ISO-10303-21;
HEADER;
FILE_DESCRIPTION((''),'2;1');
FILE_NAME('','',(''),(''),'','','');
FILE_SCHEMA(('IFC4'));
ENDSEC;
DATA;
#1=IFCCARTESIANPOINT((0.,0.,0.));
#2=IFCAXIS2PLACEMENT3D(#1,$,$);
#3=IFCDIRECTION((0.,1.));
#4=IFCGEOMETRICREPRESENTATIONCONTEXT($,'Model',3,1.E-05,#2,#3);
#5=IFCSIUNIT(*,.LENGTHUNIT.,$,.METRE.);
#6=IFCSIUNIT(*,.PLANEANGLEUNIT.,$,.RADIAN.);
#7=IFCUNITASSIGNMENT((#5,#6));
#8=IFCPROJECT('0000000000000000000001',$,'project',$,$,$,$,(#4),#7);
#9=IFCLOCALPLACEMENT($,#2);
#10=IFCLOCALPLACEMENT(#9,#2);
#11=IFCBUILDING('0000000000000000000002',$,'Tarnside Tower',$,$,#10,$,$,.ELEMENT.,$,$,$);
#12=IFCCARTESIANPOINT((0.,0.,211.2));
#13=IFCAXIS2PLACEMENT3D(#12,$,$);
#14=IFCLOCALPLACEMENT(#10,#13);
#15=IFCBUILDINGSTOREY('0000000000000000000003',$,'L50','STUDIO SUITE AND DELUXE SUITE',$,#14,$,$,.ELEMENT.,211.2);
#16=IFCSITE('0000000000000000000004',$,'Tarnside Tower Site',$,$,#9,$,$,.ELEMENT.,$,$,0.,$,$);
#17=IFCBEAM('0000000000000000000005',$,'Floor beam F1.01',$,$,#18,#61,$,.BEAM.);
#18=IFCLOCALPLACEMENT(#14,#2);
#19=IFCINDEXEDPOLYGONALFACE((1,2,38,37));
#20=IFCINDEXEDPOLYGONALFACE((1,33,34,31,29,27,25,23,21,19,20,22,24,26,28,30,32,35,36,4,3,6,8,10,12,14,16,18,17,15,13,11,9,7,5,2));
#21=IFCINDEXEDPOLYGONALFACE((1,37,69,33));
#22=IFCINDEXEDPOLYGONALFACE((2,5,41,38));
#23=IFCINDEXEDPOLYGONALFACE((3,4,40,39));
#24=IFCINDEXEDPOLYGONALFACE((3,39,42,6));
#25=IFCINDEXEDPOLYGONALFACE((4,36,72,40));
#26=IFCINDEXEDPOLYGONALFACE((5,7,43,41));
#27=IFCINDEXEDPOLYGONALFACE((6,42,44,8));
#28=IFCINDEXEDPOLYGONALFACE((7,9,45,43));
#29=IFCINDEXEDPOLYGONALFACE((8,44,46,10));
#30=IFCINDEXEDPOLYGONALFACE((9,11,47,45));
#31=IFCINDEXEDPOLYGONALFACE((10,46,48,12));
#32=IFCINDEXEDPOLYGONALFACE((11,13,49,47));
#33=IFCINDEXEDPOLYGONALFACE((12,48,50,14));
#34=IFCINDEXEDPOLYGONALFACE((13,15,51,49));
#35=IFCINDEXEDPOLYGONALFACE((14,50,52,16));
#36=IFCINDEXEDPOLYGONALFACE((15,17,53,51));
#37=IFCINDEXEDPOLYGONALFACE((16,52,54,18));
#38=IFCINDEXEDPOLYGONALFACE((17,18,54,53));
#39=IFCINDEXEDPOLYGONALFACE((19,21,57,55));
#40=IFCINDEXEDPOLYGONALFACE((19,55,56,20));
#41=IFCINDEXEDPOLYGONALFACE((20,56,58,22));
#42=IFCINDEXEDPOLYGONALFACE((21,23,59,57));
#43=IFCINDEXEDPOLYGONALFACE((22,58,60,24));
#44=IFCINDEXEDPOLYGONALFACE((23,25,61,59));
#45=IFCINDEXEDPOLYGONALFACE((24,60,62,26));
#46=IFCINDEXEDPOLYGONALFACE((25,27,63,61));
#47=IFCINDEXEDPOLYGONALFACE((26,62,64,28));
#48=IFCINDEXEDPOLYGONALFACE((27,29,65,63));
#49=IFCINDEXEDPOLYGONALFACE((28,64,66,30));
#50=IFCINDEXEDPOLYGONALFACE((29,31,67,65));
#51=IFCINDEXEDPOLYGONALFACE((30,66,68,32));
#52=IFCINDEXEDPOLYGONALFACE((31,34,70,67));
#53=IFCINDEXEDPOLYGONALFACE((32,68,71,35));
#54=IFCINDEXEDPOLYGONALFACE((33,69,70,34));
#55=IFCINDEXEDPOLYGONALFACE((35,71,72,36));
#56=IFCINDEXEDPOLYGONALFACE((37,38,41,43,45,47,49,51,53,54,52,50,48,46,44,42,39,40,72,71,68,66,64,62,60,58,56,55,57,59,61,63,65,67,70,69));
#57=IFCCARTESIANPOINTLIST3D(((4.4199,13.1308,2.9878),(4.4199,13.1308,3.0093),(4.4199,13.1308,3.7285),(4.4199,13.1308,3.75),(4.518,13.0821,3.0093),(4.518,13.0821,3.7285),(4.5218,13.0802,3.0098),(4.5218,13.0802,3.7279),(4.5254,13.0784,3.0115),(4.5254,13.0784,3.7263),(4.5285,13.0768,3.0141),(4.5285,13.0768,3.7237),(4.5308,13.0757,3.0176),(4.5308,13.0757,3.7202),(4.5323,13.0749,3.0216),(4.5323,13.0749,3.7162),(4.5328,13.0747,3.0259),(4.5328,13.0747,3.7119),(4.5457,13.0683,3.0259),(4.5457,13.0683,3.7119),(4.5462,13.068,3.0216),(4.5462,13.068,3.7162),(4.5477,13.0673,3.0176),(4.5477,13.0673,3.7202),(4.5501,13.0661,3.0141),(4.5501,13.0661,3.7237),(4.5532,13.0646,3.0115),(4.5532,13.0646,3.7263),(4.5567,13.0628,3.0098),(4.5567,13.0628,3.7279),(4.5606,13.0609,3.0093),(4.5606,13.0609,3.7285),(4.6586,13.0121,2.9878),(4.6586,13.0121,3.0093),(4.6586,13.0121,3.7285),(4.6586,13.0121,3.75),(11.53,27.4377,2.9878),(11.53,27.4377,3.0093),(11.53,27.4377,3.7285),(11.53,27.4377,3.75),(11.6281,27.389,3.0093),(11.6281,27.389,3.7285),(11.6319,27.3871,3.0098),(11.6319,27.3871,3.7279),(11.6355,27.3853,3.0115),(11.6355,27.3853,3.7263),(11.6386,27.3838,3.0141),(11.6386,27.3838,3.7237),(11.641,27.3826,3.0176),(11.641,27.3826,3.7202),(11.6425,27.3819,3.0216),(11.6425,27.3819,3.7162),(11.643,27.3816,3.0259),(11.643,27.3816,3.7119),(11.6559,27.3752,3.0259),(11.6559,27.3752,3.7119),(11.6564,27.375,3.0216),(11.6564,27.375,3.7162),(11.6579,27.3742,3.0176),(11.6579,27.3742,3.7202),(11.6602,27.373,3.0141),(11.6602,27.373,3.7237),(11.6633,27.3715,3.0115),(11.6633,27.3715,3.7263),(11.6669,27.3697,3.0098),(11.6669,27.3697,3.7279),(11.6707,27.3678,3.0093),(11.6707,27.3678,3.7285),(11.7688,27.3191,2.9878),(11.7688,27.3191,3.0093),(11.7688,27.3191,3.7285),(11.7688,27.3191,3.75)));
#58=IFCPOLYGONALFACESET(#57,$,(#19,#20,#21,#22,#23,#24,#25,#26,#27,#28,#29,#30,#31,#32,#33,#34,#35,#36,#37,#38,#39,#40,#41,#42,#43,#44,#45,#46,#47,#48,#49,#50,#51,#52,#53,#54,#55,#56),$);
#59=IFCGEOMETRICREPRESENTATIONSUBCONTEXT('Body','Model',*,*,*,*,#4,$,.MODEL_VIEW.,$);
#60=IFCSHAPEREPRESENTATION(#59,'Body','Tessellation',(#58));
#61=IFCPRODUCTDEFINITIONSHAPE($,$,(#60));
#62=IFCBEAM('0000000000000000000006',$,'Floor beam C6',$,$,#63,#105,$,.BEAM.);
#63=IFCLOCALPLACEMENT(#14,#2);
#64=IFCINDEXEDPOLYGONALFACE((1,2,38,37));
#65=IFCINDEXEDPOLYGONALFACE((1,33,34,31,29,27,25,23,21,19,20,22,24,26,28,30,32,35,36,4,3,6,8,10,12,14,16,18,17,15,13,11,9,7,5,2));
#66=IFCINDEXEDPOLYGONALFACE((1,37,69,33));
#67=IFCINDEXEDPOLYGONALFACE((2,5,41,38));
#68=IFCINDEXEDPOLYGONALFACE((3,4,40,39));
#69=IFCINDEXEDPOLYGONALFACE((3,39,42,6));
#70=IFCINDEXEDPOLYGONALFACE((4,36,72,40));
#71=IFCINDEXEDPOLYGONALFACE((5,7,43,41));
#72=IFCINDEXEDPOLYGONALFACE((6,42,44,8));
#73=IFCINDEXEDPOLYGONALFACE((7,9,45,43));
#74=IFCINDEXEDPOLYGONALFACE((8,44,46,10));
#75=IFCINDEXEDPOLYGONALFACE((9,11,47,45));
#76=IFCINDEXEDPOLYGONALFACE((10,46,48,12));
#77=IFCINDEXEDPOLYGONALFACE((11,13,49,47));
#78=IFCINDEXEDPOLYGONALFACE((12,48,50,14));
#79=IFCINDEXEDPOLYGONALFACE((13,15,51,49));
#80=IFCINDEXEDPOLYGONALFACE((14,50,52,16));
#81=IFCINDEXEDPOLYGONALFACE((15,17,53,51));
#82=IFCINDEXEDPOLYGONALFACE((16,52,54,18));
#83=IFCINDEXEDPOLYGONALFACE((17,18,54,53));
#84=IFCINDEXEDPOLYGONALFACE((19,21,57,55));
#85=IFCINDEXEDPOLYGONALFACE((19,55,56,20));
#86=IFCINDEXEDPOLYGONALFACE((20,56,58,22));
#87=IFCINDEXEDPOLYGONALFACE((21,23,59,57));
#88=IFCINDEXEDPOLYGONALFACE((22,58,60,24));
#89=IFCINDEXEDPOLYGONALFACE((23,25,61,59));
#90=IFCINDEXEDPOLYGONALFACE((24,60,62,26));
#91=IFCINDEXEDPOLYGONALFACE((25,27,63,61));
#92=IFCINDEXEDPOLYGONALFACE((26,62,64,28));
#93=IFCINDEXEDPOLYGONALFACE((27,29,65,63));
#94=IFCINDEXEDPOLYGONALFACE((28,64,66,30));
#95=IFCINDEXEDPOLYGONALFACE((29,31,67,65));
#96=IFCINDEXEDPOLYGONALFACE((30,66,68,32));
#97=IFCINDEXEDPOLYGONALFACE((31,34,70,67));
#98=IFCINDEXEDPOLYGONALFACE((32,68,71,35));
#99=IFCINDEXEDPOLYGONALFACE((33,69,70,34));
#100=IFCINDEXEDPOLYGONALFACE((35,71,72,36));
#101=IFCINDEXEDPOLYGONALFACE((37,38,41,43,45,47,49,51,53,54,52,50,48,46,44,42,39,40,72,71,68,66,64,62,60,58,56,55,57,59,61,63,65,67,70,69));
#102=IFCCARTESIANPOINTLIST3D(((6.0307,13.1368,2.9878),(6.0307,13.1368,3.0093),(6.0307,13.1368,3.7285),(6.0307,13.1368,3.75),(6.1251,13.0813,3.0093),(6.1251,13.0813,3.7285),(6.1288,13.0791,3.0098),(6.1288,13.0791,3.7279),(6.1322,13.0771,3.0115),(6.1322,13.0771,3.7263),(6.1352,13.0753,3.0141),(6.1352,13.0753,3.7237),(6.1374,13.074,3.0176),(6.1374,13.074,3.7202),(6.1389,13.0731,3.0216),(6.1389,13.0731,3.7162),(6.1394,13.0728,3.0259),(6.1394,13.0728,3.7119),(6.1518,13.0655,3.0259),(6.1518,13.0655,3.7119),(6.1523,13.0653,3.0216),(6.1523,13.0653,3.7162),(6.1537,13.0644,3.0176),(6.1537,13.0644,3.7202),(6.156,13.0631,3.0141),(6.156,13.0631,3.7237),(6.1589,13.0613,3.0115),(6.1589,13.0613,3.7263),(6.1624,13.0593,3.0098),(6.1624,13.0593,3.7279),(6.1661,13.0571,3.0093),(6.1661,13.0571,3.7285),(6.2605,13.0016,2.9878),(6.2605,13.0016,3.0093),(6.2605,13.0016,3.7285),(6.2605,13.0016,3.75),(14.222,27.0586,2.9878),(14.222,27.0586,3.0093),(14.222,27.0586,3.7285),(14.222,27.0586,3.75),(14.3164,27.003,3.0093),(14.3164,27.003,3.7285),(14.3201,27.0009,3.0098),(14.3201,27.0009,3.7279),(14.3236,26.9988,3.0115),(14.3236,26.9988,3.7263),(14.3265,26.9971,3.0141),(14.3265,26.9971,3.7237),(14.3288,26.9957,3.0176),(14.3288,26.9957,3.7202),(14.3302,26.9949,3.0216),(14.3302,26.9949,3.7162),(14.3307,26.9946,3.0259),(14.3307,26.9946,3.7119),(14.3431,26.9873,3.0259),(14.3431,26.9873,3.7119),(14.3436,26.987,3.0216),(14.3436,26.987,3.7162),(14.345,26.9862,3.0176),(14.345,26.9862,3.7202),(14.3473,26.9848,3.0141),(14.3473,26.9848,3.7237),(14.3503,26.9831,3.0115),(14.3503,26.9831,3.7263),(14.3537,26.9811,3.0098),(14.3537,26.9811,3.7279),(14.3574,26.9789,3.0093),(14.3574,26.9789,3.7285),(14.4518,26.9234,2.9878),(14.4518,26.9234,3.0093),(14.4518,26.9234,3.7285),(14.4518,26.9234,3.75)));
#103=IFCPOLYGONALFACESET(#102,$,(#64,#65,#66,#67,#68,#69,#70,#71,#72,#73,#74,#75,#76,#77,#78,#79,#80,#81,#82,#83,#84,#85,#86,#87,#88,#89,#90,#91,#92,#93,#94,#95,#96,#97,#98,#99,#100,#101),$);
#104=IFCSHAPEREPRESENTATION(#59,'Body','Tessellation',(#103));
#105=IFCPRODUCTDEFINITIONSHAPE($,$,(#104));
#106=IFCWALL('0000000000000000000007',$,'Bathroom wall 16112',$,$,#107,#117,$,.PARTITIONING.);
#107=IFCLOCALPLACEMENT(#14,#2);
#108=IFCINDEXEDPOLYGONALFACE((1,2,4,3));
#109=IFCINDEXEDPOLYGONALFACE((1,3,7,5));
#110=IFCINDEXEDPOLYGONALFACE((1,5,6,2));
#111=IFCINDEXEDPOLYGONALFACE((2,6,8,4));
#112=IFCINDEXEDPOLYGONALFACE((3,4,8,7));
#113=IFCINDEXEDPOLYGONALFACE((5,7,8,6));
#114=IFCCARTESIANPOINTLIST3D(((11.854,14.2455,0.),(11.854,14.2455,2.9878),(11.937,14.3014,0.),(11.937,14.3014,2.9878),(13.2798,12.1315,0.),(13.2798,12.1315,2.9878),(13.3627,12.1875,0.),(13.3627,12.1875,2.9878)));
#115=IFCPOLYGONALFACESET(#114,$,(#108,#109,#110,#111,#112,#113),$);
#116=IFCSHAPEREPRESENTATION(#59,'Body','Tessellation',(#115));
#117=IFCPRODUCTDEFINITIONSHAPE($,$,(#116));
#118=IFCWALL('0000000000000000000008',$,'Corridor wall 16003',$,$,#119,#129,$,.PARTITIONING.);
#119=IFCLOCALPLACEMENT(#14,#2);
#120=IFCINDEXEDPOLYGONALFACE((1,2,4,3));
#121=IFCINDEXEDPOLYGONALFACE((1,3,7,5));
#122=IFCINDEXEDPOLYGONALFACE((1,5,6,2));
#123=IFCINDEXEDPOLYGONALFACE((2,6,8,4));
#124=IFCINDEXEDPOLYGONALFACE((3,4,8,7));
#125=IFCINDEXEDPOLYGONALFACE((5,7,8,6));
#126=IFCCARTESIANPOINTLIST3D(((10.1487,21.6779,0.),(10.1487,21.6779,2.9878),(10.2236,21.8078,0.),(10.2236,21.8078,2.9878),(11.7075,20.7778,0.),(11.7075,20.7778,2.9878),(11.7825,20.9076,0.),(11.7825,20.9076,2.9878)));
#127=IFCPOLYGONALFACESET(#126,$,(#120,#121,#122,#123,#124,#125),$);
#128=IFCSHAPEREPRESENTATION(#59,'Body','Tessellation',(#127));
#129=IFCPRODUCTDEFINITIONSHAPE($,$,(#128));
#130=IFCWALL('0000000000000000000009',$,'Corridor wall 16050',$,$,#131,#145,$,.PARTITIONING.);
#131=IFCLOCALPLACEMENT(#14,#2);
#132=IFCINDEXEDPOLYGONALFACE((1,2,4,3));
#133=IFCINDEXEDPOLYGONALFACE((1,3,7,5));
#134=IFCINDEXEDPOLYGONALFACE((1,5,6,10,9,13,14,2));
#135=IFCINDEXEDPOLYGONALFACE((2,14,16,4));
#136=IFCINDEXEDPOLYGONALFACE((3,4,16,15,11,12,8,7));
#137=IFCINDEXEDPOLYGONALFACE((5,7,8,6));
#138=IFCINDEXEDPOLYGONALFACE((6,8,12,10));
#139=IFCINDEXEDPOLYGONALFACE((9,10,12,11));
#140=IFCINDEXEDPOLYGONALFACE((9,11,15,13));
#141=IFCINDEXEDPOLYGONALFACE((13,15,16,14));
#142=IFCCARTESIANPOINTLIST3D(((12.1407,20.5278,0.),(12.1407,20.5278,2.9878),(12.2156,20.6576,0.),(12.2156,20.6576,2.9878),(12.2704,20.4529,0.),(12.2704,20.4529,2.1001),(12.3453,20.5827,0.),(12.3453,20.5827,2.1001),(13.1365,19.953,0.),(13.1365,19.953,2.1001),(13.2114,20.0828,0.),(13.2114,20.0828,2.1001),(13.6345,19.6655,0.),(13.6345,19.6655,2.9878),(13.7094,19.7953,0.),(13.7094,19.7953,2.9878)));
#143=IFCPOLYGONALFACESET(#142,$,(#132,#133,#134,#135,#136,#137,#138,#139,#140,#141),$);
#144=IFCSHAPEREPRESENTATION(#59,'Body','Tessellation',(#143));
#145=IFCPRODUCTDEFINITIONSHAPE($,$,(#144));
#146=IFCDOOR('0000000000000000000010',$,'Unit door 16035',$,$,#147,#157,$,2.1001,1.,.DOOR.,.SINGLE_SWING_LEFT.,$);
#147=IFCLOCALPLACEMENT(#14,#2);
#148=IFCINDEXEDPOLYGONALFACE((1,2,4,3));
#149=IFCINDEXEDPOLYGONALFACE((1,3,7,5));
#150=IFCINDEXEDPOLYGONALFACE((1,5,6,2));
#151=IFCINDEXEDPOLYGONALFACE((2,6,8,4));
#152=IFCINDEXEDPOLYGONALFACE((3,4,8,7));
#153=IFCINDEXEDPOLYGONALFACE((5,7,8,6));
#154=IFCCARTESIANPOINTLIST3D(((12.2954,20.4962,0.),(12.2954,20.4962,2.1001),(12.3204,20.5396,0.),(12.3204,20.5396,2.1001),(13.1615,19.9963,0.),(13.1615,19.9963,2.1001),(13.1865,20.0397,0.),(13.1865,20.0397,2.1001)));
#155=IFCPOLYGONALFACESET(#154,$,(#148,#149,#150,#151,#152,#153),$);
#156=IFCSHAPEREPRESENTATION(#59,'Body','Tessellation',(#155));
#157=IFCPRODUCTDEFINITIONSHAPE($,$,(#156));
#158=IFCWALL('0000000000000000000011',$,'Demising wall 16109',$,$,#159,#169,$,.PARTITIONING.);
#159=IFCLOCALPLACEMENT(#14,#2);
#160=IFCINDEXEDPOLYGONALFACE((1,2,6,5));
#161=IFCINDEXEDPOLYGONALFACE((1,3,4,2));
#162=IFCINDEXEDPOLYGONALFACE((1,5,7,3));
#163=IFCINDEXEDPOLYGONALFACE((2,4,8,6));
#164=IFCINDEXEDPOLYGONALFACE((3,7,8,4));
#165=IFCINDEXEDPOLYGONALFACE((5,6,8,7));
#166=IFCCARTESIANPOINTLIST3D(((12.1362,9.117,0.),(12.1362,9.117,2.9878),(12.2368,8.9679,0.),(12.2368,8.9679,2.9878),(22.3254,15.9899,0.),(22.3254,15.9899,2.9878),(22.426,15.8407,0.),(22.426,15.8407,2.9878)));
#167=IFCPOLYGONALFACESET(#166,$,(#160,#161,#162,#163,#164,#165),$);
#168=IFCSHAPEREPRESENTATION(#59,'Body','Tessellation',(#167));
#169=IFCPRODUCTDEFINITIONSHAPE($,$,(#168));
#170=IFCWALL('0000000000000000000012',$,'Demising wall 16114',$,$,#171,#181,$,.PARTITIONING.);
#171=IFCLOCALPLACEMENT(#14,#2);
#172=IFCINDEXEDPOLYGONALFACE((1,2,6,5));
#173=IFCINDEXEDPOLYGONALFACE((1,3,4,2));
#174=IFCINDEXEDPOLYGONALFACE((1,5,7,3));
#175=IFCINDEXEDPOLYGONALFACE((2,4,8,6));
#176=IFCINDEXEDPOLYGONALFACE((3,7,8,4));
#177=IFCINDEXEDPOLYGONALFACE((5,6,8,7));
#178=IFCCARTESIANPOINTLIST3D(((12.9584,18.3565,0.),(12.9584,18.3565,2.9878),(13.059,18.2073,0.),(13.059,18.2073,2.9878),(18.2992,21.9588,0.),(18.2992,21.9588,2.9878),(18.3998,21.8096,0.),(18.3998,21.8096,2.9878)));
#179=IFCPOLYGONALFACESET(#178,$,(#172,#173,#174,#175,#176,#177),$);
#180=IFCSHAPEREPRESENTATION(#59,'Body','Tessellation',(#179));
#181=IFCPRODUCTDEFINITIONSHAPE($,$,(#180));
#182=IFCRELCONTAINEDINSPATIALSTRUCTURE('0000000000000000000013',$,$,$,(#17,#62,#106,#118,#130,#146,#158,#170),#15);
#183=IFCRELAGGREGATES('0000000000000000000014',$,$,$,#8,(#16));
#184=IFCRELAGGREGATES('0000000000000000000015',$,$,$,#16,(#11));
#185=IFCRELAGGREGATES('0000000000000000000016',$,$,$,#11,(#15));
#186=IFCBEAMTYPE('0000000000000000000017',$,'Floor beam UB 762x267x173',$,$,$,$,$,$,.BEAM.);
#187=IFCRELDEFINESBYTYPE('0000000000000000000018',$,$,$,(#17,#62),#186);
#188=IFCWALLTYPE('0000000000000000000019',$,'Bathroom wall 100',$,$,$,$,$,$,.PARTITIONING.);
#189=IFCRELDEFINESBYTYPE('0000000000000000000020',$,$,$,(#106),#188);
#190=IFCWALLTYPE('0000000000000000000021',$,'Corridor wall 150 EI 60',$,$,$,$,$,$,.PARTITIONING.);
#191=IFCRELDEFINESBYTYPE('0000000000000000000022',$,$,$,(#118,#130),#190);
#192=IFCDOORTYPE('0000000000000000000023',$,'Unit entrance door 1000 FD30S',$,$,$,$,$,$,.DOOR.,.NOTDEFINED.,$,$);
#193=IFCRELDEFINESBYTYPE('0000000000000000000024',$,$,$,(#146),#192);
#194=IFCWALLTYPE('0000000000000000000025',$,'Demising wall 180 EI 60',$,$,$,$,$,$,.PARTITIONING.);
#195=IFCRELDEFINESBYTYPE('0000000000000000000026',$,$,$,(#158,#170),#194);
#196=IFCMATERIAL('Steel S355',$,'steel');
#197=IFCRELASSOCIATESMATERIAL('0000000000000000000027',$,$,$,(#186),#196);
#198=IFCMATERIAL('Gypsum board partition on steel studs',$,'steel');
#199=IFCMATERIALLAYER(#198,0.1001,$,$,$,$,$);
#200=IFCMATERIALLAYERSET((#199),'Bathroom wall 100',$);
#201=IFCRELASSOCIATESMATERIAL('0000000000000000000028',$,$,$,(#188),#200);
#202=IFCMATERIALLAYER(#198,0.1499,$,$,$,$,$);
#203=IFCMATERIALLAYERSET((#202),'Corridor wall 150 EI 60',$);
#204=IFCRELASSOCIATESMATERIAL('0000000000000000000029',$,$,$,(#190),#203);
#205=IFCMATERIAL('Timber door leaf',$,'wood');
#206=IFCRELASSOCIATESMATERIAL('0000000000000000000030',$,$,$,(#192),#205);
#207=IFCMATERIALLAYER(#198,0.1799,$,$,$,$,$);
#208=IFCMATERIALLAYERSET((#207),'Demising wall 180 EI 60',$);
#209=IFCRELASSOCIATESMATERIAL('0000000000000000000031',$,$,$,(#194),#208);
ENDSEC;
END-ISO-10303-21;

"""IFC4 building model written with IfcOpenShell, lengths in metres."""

from ifc_helpers import new_model, si_unit, direction, frame, frame_2d, origin, origin_2d, place, context, subcontext, project, spatial, rectangle, i_section, extrude, material, layer, layer_set, material_profile, profile_set, type_object, element, fill, save


model = new_model("IFC4")

# Units and contexts
model_context = context("Model", 3, precision=1e-05, world=origin(), true_north=direction((0.0, 1.0)))
body_context = subcontext(model_context, "Body", "Model", "MODEL_VIEW")
ifc_project = project(units=[si_unit("LENGTHUNIT", "METRE"), si_unit("PLANEANGLEUNIT", "RADIAN")], contexts=[model_context])

# Site, building, storey
site_placement = place(None, origin())
site = spatial("IfcSite", under=ifc_project, at=site_placement, Name="Tarnside Tower Site", CompositionType="ELEMENT", RefElevation=0.0)
building_placement = place(site_placement, origin())
building = spatial("IfcBuilding", under=site, at=building_placement, Name="Tarnside Tower", CompositionType="ELEMENT")
storey_placement = place(building_placement, frame((0.0, 0.0, 211.2)))
storey = spatial("IfcBuildingStorey", under=building, at=storey_placement, Name="L50", Description="STUDIO SUITE AND DELUXE SUITE", CompositionType="ELEMENT", Elevation=211.2)

# Beams
ifc_material_1 = material(Name="Steel S355", Category="steel")
ifc_material_profile_1 = material_profile(ifc_material_1, i_section(OverallWidth=0.2666, OverallDepth=0.7622, WebThickness=0.0144, FlangeThickness=0.0215, FilletRadius=0.0166, at=origin_2d()), Name="UB 762x267x173")
ifc_profile_set_1 = profile_set([ifc_material_profile_1], Name="Steel S355")
beam_type_1 = type_object("IfcBeamType", Name="Floor beam UB 762x267x173", PredefinedType="BEAM", material=ifc_profile_set_1)
beam_1_placement = place(storey_placement, frame((11.6494, 27.3784, 3.3689), z_axis=(-0.445042, -0.89551, 0.0), x_axis=(0.89551, -0.445042, 0.0)))
element("IfcBeam", 1, at=beam_1_placement, inside=storey, type_object=beam_type_1, Name="Floor beam F1.01", PredefinedType="BEAM", context=body_context, shape_type="SweptSolid", body=[
    extrude(i_section(OverallWidth=0.2666, OverallDepth=0.7622, WebThickness=0.0144, FlangeThickness=0.0215, FilletRadius=0.0166, at=origin_2d()), origin(), (0.0, 0.0, 1.0), 15.9763),
])
beam_2_placement = place(storey_placement, frame((14.3369, 26.991, 3.3689), z_axis=(-0.507115, -0.861878, 0.0), x_axis=(0.861878, -0.507115, 0.0)))
element("IfcBeam", 2, at=beam_2_placement, inside=storey, type_object=beam_type_1, Name="Floor beam C6", PredefinedType="BEAM", context=body_context, shape_type="SweptSolid", body=[
    extrude(i_section(OverallWidth=0.2666, OverallDepth=0.7622, WebThickness=0.0144, FlangeThickness=0.0215, FilletRadius=0.0166, at=origin_2d()), origin(), (0.0, 0.0, 1.0), 16.1528),
])

# Walls
ifc_material_2 = material(Name="Gypsum board partition on steel studs", Category="steel")
ifc_layer_1 = layer(ifc_material_2, 0.1001)
ifc_layer_set_1 = layer_set([ifc_layer_1], Name="Bathroom wall 100")
wall_type_1 = type_object("IfcWallType", Name="Bathroom wall 100", PredefinedType="PARTITIONING", material=ifc_layer_set_1)
wall_1_placement = place(storey_placement, frame((11.8955, 14.2734, 0.0), z_axis=(0.0, 0.0, 1.0), x_axis=(0.559155, -0.829063, 0.0)))
element("IfcWall", 3, at=wall_1_placement, inside=storey, type_object=wall_type_1, Name="Bathroom wall 16112", PredefinedType="PARTITIONING", context=body_context, shape_type="SweptSolid", body=[
    extrude(rectangle(XDim=2.5498, YDim=0.1001, at=frame_2d((1.2749, 0.0))), origin(), (0.0, 0.0, 1.0), 2.9878),
])
ifc_layer_2 = layer(ifc_material_2, 0.1499)
ifc_layer_set_2 = layer_set([ifc_layer_2], Name="Corridor wall 150 EI 60")
wall_type_2 = type_object("IfcWallType", Name="Corridor wall 150 EI 60", PredefinedType="PARTITIONING", material=ifc_layer_set_2)
wall_2_placement = place(storey_placement, frame((11.7449, 20.8428, 0.0), z_axis=(0.0, 0.0, 1.0), x_axis=(-0.865989, 0.500063, 0.0)))
element("IfcWall", 4, at=wall_2_placement, inside=storey, type_object=wall_type_2, Name="Corridor wall 16003", PredefinedType="PARTITIONING", context=body_context, shape_type="SweptSolid", body=[
    extrude(rectangle(XDim=1.8, YDim=0.1499, at=frame_2d((0.8999, 0.0))), origin(), (0.0, 0.0, 1.0), 2.9878),
])

# Wall, opening, door
wall_3_placement = place(storey_placement, frame((13.6719, 19.7305, 0.0), z_axis=(0.0, 0.0, 1.0), x_axis=(-0.866075, 0.499914, 0.0)))
wall_3 = element("IfcWall", 5, at=wall_3_placement, inside=storey, type_object=wall_type_2, Name="Corridor wall 16050", PredefinedType="PARTITIONING", context=body_context, shape_type="SweptSolid", body=[
    extrude(rectangle(XDim=1.7249, YDim=0.1499, at=frame_2d((0.8623, 0.0))), origin(), (0.0, 0.0, 1.0), 2.9878),
])
opening_1_placement = place(wall_3_placement, frame((0.575, 0.0, 0.0)))
opening_1 = element("IfcOpeningElement", 6, at=opening_1_placement, cuts=wall_3, PredefinedType="OPENING", context=body_context, shape_type="SweptSolid", body=[
    extrude(rectangle(XDim=1.0, YDim=2.1001, at=frame_2d((0.5, 1.05))), frame((0.0, 0.085, 0.0), z_axis=(0.0, -1.0, 0.0), x_axis=(1.0, 0.0, 0.0)), (0.0, 0.0, 1.0), 0.1699),
])
ifc_material_3 = material(Name="Timber door leaf", Category="wood")
door_type = type_object("IfcDoorType", Name="Unit entrance door 1000 FD30S", OperationType="NOTDEFINED", PredefinedType="DOOR", material=ifc_material_3)
door_placement = place(opening_1_placement, origin())
door = element("IfcDoor", 7, at=door_placement, inside=storey, type_object=door_type, Name="Unit door 16035", OperationType="SINGLE_SWING_LEFT", OverallHeight=2.1001, OverallWidth=1.0, PredefinedType="DOOR", context=body_context, shape_type="SweptSolid", body=[
    extrude(rectangle(XDim=1.0, YDim=2.1001, at=frame_2d((0.5, 1.05))), frame((0.0, 0.0249, 0.0), z_axis=(0.0, -1.0, 0.0), x_axis=(1.0, 0.0, 0.0)), (0.0, 0.0, 1.0), 0.05),
])
fill(opening_1, door)

# Walls
ifc_layer_3 = layer(ifc_material_2, 0.1799)
ifc_layer_set_3 = layer_set([ifc_layer_3], Name="Demising wall 180 EI 60")
wall_type_3 = type_object("IfcWallType", Name="Demising wall 180 EI 60", PredefinedType="PARTITIONING", material=ifc_layer_set_3)
wall_4_placement = place(storey_placement, frame((22.3757, 15.9153, 0.0), z_axis=(0.0, 0.0, 1.0), x_axis=(-0.829034, -0.559198, 0.0)))
element("IfcWall", 8, at=wall_4_placement, inside=storey, type_object=wall_type_3, Name="Demising wall 16109", PredefinedType="PARTITIONING", context=body_context, shape_type="SweptSolid", body=[
    extrude(rectangle(XDim=12.2905, YDim=0.1799, at=frame_2d((6.1453, 0.0))), origin(), (0.0, 0.0, 1.0), 2.9878),
])
wall_5_placement = place(storey_placement, frame((18.3496, 21.8843, 0.0), z_axis=(0.0, 0.0, 1.0), x_axis=(-0.829047, -0.559179, 0.0)))
element("IfcWall", 9, at=wall_5_placement, inside=storey, type_object=wall_type_3, Name="Demising wall 16114", PredefinedType="PARTITIONING", context=body_context, shape_type="SweptSolid", body=[
    extrude(rectangle(XDim=6.4421, YDim=0.1799, at=frame_2d((3.2212, 0.0))), origin(), (0.0, 0.0, 1.0), 2.9878),
])

save(model, "model.ifc")
